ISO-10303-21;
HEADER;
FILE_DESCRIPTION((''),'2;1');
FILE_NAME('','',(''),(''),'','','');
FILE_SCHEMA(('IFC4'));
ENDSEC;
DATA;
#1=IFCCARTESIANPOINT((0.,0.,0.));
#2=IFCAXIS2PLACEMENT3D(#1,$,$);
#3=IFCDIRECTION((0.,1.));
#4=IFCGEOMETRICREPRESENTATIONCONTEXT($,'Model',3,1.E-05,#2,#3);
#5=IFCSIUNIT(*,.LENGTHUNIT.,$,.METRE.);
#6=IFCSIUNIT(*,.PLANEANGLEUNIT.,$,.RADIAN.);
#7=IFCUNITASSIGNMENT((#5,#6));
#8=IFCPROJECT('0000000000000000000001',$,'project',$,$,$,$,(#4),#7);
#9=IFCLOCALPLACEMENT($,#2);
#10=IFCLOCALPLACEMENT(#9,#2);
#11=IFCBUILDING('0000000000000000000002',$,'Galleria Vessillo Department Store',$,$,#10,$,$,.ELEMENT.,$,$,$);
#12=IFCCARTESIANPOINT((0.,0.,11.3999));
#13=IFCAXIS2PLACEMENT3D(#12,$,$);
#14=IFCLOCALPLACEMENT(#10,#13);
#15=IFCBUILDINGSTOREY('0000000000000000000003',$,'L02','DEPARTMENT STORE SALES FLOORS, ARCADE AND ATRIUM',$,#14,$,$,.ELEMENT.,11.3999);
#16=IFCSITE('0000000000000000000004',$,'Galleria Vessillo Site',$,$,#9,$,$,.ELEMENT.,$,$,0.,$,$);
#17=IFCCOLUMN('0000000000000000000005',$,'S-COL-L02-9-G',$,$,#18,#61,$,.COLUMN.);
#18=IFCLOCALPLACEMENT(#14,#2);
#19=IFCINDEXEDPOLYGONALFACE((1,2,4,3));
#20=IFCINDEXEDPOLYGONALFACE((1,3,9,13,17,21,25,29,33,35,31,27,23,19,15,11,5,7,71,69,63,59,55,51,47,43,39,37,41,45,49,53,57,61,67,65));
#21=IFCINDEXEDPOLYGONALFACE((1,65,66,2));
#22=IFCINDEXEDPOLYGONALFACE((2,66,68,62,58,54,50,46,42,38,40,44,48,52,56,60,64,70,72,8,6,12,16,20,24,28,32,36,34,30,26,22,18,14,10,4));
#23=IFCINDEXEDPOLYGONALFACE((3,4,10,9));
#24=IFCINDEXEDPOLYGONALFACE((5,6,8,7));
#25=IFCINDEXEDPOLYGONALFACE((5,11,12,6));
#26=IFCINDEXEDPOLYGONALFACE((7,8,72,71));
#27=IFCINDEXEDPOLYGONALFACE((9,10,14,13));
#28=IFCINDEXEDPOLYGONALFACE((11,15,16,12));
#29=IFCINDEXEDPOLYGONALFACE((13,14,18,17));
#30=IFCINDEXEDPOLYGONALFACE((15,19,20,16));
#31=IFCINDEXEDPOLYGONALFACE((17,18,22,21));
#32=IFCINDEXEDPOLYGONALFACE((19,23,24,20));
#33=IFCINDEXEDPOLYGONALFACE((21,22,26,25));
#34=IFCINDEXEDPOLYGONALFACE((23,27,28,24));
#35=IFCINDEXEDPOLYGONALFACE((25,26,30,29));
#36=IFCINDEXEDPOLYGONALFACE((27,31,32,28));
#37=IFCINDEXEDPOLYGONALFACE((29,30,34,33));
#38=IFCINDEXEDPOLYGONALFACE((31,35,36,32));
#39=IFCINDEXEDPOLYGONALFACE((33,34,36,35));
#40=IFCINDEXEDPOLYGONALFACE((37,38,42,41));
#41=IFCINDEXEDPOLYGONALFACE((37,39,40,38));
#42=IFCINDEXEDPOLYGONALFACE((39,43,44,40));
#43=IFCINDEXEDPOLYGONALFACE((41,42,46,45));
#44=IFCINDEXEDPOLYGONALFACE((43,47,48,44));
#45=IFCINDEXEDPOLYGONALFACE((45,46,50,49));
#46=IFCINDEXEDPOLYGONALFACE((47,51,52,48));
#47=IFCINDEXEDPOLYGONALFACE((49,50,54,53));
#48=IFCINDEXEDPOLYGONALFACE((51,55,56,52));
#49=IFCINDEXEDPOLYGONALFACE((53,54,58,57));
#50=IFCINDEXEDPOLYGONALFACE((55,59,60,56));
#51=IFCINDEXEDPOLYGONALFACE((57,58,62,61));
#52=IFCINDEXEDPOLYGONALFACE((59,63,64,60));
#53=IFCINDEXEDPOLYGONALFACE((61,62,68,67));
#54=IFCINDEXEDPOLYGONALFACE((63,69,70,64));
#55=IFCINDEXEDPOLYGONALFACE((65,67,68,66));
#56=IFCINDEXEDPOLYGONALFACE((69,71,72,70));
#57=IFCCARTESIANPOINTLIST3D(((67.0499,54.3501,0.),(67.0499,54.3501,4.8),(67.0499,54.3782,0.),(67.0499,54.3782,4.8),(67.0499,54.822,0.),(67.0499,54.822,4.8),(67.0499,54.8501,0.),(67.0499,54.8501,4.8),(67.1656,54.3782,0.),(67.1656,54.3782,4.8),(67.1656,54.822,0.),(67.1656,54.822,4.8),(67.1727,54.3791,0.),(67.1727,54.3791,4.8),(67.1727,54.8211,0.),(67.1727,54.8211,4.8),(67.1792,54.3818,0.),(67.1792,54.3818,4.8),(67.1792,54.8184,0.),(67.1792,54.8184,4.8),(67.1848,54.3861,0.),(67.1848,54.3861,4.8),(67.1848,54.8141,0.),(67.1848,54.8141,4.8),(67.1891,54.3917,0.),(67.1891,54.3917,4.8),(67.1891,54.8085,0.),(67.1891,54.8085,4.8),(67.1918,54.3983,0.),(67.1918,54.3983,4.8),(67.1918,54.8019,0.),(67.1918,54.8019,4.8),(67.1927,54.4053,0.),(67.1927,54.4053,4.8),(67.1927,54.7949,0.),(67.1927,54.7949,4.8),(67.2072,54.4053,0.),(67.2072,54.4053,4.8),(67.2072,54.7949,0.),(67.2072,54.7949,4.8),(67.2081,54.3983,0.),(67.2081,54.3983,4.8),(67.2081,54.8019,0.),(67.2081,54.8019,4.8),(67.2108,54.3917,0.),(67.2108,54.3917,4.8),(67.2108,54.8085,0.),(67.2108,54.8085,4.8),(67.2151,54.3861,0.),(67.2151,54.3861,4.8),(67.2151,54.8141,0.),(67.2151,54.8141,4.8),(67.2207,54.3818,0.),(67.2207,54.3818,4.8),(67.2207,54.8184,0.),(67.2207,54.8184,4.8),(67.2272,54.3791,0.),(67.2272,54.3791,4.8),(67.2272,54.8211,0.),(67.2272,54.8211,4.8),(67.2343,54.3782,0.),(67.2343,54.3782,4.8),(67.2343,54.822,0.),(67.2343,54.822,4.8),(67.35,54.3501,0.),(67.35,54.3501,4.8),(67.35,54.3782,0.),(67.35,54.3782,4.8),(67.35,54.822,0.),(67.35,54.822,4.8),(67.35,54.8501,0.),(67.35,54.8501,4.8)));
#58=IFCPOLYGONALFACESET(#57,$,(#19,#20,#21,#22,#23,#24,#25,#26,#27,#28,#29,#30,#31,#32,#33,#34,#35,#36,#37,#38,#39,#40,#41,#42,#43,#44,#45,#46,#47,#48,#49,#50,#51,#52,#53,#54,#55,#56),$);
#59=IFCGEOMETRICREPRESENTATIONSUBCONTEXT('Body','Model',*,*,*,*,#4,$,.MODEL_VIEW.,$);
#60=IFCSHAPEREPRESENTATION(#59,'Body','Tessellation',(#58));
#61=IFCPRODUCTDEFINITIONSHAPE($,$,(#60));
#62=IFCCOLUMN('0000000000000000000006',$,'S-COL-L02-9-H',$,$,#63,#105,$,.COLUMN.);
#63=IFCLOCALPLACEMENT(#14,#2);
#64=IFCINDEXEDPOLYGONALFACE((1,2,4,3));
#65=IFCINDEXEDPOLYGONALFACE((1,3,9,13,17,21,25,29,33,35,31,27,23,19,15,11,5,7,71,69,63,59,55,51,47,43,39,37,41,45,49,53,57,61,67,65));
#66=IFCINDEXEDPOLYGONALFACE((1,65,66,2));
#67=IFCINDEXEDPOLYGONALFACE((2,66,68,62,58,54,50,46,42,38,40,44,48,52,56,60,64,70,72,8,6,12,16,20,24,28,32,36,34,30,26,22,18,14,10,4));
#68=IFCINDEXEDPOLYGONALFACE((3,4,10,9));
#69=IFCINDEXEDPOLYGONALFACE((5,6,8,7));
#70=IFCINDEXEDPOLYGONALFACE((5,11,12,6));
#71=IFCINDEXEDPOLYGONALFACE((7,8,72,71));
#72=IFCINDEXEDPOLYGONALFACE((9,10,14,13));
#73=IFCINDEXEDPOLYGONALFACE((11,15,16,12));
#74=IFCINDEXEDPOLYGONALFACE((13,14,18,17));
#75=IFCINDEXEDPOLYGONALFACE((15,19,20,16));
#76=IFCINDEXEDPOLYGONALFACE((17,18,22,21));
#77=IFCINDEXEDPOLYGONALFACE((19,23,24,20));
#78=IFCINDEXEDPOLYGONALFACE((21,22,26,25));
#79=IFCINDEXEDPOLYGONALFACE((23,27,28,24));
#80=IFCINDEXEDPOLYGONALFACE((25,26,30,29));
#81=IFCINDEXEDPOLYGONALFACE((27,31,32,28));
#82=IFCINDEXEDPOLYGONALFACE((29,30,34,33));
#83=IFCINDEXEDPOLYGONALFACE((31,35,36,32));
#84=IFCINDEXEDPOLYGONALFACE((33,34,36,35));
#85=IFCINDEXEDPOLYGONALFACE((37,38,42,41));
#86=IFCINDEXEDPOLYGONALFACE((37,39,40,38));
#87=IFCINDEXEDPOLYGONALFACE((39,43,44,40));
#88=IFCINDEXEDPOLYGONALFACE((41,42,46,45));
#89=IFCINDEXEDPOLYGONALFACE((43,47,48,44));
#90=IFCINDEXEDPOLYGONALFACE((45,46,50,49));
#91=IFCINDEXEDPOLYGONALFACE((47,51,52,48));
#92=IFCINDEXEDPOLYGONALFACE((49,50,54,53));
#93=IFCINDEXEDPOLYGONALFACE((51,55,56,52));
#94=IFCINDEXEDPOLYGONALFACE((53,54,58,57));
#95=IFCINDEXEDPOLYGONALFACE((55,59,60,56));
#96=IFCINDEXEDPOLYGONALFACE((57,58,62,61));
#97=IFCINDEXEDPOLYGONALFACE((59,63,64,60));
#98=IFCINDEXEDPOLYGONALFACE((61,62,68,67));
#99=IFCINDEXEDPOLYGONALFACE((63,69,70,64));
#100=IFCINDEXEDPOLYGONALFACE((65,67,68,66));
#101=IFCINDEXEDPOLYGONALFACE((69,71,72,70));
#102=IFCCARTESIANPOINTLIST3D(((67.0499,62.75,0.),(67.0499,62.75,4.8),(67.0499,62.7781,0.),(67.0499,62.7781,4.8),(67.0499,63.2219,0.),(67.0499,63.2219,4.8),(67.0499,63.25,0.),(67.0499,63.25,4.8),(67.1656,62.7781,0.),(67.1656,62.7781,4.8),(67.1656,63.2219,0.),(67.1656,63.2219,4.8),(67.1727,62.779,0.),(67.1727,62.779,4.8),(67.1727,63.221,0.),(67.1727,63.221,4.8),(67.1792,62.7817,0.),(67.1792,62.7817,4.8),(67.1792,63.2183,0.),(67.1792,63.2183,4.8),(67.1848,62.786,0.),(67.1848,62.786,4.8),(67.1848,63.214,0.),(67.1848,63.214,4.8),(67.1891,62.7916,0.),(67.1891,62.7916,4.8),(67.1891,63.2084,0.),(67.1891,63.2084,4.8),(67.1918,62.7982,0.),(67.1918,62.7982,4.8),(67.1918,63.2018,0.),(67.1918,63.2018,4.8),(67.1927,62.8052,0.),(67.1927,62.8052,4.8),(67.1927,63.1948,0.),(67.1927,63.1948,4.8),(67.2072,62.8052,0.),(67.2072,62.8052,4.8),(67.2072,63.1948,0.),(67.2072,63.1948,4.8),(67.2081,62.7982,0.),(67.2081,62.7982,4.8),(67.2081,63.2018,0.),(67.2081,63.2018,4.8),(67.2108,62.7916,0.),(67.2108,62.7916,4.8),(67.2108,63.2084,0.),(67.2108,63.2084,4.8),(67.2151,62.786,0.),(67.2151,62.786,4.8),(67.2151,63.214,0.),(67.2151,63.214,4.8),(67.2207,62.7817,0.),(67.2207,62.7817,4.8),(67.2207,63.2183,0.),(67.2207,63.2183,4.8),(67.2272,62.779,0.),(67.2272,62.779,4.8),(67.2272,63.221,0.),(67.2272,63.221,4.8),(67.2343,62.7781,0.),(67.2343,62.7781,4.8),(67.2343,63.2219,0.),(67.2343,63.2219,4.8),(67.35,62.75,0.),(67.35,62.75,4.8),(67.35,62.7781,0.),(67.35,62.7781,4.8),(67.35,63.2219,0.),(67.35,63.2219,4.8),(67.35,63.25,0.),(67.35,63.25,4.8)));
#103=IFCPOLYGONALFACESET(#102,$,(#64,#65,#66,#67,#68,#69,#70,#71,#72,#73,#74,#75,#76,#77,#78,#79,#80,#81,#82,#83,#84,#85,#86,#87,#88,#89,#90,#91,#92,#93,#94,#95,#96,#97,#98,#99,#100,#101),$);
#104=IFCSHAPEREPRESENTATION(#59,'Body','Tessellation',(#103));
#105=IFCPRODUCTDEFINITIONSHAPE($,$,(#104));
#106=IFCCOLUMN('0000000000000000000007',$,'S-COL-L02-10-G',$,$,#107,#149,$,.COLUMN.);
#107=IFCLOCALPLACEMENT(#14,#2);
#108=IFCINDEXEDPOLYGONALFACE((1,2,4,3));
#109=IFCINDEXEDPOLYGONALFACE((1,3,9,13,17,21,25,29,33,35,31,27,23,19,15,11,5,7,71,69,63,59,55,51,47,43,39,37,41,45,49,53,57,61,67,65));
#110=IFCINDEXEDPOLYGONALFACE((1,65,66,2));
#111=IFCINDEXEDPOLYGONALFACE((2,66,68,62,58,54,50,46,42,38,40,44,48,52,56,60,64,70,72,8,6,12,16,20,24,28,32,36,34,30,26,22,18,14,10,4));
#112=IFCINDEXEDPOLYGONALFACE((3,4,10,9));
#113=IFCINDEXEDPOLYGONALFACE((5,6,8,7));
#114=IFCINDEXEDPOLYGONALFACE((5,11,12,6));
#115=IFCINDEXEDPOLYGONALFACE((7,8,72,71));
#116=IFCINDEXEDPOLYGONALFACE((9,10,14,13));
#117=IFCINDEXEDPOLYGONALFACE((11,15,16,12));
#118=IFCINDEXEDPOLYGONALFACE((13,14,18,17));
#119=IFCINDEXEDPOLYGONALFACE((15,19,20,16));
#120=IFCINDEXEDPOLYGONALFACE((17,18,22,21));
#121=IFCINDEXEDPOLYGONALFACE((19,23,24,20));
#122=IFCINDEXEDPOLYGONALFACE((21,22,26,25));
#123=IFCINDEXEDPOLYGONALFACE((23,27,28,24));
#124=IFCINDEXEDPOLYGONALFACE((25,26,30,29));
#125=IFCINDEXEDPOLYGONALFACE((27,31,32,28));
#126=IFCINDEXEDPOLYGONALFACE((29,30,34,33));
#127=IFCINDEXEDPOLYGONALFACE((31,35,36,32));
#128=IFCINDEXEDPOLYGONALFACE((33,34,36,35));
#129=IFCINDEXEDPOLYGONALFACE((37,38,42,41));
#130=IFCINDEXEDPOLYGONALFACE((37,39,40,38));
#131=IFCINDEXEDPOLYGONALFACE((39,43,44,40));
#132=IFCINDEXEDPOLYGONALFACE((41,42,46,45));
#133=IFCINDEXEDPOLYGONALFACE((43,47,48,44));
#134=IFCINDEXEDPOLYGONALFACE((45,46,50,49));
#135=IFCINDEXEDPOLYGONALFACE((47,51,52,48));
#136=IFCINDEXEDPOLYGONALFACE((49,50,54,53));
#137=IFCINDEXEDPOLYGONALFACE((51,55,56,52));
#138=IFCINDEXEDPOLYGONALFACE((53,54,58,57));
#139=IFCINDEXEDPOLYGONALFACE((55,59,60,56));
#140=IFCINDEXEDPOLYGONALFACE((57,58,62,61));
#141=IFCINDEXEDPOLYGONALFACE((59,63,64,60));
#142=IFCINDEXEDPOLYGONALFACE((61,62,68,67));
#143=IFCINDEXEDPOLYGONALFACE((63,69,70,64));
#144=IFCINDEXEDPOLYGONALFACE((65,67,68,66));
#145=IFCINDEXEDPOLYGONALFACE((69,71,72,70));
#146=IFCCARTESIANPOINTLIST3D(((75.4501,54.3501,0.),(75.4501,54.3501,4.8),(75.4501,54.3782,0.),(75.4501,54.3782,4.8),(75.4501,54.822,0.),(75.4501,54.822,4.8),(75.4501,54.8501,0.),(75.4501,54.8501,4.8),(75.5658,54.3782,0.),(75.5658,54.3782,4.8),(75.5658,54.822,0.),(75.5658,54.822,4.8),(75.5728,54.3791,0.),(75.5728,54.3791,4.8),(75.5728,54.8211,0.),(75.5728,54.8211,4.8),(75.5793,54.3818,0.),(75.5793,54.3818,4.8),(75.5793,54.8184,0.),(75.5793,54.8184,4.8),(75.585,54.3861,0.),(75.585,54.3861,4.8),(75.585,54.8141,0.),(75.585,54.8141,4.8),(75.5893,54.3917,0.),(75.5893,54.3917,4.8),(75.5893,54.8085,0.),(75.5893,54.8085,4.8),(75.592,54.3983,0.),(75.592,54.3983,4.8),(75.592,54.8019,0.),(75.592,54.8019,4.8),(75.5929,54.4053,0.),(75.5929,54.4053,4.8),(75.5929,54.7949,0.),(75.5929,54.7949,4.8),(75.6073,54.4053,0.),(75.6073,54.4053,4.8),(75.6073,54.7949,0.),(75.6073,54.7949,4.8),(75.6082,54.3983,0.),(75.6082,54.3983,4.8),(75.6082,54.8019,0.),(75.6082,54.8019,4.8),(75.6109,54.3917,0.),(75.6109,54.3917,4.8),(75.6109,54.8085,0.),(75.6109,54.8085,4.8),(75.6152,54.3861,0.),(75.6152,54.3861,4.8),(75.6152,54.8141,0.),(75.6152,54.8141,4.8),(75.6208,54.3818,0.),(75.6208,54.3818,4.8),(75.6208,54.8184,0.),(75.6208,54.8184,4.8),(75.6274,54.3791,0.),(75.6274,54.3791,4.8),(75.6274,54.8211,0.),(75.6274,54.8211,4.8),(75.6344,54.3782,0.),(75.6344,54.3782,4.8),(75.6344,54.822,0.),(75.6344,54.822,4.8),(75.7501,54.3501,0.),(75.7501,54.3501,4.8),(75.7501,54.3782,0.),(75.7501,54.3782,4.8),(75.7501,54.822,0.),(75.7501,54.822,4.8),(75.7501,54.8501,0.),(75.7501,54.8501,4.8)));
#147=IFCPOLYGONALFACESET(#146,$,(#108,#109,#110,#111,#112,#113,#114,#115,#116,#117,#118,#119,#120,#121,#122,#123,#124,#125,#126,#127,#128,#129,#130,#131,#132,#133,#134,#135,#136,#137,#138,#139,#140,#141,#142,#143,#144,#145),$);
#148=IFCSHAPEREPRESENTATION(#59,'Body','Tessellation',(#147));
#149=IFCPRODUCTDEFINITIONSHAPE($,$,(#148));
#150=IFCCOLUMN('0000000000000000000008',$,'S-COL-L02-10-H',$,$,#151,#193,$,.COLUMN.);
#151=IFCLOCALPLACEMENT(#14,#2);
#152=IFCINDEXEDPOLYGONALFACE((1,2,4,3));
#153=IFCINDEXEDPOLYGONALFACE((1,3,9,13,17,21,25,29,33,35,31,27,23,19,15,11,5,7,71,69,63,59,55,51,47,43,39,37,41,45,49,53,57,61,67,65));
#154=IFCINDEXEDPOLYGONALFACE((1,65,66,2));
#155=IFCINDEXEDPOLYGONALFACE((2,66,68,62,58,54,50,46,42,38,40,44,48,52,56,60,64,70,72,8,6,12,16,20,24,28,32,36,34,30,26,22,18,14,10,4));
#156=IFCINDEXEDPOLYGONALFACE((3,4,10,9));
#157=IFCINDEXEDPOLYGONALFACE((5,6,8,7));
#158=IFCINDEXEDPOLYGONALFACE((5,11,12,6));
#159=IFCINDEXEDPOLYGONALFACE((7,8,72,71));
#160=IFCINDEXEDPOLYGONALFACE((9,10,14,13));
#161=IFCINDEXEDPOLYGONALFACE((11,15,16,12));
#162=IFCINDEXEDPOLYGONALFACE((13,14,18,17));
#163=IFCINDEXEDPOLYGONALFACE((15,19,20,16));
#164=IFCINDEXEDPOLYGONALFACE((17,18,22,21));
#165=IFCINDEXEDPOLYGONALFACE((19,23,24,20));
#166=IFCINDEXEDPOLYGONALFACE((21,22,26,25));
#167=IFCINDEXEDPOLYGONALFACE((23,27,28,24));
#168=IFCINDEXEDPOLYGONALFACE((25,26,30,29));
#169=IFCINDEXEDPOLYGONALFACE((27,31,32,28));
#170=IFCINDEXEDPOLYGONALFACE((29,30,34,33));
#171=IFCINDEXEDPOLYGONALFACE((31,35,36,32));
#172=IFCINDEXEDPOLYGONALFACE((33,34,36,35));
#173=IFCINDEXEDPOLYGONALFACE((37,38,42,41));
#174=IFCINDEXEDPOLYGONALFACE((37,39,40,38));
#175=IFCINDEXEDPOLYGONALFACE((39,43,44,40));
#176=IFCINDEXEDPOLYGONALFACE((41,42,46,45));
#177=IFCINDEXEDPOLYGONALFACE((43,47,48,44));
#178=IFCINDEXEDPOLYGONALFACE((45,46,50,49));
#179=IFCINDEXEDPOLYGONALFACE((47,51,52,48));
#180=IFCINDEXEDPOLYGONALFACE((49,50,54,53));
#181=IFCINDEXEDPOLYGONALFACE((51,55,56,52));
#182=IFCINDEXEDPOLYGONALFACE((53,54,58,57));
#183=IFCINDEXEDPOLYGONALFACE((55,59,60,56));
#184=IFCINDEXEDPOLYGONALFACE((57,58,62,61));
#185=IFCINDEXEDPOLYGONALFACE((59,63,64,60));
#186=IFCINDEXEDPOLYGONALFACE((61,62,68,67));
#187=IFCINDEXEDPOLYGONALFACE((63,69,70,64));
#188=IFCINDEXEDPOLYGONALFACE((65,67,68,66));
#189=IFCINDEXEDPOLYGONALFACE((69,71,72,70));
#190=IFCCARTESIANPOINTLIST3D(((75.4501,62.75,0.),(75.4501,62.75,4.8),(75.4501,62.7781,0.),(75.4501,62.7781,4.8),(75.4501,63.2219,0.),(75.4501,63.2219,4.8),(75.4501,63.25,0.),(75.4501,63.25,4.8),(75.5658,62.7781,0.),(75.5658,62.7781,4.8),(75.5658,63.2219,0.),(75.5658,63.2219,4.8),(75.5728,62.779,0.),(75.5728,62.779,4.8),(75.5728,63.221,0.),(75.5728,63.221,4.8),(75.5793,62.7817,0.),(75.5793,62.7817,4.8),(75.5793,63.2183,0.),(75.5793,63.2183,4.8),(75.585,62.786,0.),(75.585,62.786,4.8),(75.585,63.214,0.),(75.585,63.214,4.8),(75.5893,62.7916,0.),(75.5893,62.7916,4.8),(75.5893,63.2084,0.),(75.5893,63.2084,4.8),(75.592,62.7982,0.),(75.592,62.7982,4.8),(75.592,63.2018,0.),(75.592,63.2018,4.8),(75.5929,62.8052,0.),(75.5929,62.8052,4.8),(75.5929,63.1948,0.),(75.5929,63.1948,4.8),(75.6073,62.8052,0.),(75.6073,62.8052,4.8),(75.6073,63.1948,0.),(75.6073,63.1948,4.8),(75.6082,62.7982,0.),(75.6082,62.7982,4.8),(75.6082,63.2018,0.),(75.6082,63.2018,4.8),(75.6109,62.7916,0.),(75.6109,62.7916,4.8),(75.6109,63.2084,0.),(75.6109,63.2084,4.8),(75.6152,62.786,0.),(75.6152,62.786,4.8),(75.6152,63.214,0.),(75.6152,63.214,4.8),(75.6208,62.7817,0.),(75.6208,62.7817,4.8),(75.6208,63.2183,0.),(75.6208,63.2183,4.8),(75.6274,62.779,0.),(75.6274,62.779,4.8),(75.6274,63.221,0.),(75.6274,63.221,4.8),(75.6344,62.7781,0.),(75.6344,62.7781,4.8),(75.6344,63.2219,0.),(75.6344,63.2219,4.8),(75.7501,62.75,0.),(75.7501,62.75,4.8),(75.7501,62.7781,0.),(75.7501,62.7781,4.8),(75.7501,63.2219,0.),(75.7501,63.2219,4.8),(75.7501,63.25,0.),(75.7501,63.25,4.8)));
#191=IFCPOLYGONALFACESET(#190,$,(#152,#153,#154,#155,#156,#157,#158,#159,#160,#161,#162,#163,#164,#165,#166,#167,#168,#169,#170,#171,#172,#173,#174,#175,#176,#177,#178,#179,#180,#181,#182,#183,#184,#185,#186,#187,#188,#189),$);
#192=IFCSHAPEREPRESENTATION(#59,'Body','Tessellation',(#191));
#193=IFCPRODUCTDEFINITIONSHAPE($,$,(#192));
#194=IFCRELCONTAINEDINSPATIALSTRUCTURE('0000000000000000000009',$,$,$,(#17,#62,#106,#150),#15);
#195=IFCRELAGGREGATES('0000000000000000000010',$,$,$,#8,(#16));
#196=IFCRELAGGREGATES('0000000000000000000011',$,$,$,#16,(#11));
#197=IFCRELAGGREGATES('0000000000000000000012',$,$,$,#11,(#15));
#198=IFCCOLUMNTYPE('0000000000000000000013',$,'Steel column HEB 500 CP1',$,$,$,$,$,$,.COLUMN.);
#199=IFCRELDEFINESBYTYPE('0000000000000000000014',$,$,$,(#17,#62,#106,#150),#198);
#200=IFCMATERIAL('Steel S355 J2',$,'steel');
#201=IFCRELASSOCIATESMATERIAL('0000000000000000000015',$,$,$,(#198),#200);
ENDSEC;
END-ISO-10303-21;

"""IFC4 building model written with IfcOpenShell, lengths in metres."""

from ifc_helpers import new_model, si_unit, direction, frame, origin, origin_2d, place, context, subcontext, project, spatial, i_section, extrude, material, material_profile, profile_set, type_object, element, save


model = new_model("IFC4")

# Units and contexts
model_context = context("Model", 3, precision=1e-05, world=origin(), true_north=direction((0.0, 1.0)))
body_context = subcontext(model_context, "Body", "Model", "MODEL_VIEW")
ifc_project = project(units=[si_unit("LENGTHUNIT", "METRE"), si_unit("PLANEANGLEUNIT", "RADIAN")], contexts=[model_context])

# Site, building, storey
site_placement = place(None, origin())
site = spatial("IfcSite", under=ifc_project, at=site_placement, Name="Galleria Vessillo Site", CompositionType="ELEMENT", RefElevation=0.0)
building_placement = place(site_placement, origin())
building = spatial("IfcBuilding", under=site, at=building_placement, Name="Galleria Vessillo Department Store", CompositionType="ELEMENT")
storey_placement = place(building_placement, frame((0.0, 0.0, 11.3999)))
storey = spatial("IfcBuildingStorey", under=building, at=storey_placement, Name="L02", Description="DEPARTMENT STORE SALES FLOORS, ARCADE AND ATRIUM", CompositionType="ELEMENT", Elevation=11.3999)

# Columns
ifc_material_1 = material(Name="Steel S355 J2", Category="steel")
ifc_material_profile_1 = material_profile(ifc_material_1, i_section(OverallWidth=0.3, OverallDepth=0.5, WebThickness=0.0144, FlangeThickness=0.0281, FilletRadius=0.0271, at=origin_2d()), Name="HEB 500")
ifc_profile_set_1 = profile_set([ifc_material_profile_1], Name="Steel S355 J2")
column_type = type_object("IfcColumnType", Name="Steel column HEB 500 CP1", PredefinedType="COLUMN", material=ifc_profile_set_1)
for number, where, z_axis, x_axis, name in (
    (1, (67.2, 54.6001, 0.0), (0.0, 0.0, 1.0), (1.0, 0.0, 0.0), "S-COL-L02-9-G"),
    (2, (67.2, 63.0, 0.0), (0.0, 0.0, 1.0), (1.0, 0.0, 0.0), "S-COL-L02-9-H"),
    (3, (75.6001, 54.6001, 0.0), (0.0, 0.0, 1.0), (1.0, 0.0, 0.0), "S-COL-L02-10-G"),
    (4, (75.6001, 63.0, 0.0), (0.0, 0.0, 1.0), (1.0, 0.0, 0.0), "S-COL-L02-10-H"),
):
    element("IfcColumn", number, at=place(storey_placement, frame(where, z_axis=z_axis, x_axis=x_axis)), inside=storey, type_object=column_type, Name=name, PredefinedType="COLUMN", context=body_context, shape_type="SweptSolid", body=[
        extrude(i_section(OverallWidth=0.3, OverallDepth=0.5, WebThickness=0.0144, FlangeThickness=0.0281, FilletRadius=0.0271, at=origin_2d()), origin(), (0.0, 0.0, 1.0), 4.8),
    ])

save(model, "model.ifc")
